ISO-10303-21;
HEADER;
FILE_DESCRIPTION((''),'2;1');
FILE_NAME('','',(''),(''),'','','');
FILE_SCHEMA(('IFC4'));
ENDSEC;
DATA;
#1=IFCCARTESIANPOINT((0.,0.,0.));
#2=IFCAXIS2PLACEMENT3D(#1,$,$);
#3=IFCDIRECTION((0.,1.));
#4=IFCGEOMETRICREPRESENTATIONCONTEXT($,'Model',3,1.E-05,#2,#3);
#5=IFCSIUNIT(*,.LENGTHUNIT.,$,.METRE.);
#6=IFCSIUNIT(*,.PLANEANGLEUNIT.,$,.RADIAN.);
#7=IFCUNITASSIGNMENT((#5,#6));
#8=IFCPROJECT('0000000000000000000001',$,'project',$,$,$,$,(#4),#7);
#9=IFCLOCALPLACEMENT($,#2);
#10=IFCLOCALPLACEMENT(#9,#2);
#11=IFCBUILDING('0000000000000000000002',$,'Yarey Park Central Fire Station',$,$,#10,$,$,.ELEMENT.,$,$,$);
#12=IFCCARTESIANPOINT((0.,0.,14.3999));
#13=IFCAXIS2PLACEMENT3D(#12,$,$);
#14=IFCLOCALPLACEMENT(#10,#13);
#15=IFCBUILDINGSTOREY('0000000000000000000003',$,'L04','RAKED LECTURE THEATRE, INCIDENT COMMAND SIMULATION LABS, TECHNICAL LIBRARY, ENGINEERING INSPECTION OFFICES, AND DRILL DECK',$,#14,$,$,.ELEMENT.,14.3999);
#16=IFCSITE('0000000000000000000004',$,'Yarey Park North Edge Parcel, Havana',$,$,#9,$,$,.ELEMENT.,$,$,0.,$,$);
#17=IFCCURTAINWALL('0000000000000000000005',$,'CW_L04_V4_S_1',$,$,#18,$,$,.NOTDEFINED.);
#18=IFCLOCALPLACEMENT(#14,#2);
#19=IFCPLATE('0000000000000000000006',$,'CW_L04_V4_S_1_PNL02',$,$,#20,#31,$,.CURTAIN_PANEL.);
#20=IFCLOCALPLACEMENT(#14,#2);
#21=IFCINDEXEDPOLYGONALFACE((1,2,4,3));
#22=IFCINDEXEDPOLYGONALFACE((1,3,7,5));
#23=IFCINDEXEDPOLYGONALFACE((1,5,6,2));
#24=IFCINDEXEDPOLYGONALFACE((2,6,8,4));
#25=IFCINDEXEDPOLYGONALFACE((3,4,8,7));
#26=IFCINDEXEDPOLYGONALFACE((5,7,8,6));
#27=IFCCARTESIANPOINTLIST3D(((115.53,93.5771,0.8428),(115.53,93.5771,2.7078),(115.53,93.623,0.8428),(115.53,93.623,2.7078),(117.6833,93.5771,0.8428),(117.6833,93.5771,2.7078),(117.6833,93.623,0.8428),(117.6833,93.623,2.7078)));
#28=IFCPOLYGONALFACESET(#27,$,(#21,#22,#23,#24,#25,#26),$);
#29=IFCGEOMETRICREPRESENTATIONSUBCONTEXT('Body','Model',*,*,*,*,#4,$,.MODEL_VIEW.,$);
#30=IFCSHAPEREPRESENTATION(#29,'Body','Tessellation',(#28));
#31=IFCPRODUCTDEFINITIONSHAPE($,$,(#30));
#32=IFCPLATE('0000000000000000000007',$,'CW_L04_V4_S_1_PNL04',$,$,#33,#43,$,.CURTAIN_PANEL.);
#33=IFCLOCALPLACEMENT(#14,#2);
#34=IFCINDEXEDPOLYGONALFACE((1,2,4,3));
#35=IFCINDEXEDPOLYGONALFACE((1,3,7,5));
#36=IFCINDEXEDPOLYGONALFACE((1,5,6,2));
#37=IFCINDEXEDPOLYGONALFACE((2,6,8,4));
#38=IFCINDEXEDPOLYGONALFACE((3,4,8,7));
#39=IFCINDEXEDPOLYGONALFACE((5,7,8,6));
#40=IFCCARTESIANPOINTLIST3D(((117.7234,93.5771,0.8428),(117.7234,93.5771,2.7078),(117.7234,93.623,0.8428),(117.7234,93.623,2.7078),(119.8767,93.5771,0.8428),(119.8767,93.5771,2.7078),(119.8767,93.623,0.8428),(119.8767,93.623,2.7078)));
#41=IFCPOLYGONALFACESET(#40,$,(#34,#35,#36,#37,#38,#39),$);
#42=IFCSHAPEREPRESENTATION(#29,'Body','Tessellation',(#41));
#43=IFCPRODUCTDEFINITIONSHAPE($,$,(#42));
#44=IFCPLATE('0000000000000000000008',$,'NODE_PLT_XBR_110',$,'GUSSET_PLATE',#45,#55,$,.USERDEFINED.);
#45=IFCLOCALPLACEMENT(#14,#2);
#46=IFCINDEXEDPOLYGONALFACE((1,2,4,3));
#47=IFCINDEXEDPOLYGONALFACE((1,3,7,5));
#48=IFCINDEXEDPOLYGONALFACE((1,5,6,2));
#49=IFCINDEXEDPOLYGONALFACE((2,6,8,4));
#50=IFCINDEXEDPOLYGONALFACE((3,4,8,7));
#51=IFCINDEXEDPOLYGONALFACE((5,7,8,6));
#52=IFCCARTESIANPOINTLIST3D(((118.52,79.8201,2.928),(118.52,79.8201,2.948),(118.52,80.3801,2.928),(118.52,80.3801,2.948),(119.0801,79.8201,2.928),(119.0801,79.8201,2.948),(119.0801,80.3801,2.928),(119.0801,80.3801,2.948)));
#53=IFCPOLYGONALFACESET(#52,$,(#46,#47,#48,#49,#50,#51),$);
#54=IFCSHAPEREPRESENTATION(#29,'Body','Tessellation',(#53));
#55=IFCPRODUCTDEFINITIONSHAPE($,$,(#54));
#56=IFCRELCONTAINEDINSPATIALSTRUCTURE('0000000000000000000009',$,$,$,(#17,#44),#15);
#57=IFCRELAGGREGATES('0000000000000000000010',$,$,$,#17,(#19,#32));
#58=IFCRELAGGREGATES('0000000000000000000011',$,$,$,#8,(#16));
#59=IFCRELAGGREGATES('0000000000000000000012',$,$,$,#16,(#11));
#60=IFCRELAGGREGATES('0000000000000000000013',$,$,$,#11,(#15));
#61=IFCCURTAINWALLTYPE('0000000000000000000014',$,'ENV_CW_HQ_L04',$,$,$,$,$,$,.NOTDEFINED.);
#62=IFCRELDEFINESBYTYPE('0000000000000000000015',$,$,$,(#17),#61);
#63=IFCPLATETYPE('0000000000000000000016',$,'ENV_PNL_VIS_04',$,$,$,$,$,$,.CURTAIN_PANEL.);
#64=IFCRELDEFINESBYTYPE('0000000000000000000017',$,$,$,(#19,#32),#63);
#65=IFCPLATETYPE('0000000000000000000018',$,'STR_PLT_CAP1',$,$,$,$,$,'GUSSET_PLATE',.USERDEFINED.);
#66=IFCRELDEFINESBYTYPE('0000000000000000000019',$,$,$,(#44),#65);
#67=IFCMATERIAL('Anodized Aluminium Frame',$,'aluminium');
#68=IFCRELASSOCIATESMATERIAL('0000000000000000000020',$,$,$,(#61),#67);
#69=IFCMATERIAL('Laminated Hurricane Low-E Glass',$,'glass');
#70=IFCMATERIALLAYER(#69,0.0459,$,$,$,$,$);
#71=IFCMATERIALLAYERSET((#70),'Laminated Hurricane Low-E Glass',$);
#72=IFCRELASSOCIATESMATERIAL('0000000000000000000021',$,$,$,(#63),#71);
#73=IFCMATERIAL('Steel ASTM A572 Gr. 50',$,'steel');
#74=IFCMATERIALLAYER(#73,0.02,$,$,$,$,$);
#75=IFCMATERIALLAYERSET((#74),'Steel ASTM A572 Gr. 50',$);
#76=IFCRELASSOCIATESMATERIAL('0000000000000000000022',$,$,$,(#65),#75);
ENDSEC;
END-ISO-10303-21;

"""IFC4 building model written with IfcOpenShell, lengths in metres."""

from ifc_helpers import new_model, si_unit, direction, frame, origin, origin_2d, place, context, subcontext, project, spatial, rectangle, extrude, material, layer, layer_set, type_object, element, aggregate, save


model = new_model("IFC4")

# Units and contexts
model_context = context("Model", 3, precision=1e-05, world=origin(), true_north=direction((0.0, 1.0)))
body_context = subcontext(model_context, "Body", "Model", "MODEL_VIEW")
ifc_project = project(units=[si_unit("LENGTHUNIT", "METRE"), si_unit("PLANEANGLEUNIT", "RADIAN")], contexts=[model_context])

# Site, building, storey
site_placement = place(None, origin())
site = spatial("IfcSite", under=ifc_project, at=site_placement, Name="Yarey Park North Edge Parcel, Havana", CompositionType="ELEMENT", RefElevation=0.0)
building_placement = place(site_placement, origin())
building = spatial("IfcBuilding", under=site, at=building_placement, Name="Yarey Park Central Fire Station", CompositionType="ELEMENT")
storey_placement = place(building_placement, frame((0.0, 0.0, 14.3999)))
storey = spatial("IfcBuildingStorey", under=building, at=storey_placement, Name="L04", Description="RAKED LECTURE THEATRE, INCIDENT COMMAND SIMULATION LABS, TECHNICAL LIBRARY, ENGINEERING INSPECTION OFFICES, AND DRILL DECK", CompositionType="ELEMENT", Elevation=14.3999)

# Curtain wall
ifc_material_1 = material(Name="Anodized Aluminium Frame", Category="aluminium")
curtain_wall_type = type_object("IfcCurtainWallType", Name="ENV_CW_HQ_L04", PredefinedType="NOTDEFINED", material=ifc_material_1)
curtain_wall_placement = place(storey_placement, origin())
curtain_wall = element("IfcCurtainWall", 1, at=curtain_wall_placement, inside=storey, type_object=curtain_wall_type, Name="CW_L04_V4_S_1", PredefinedType="NOTDEFINED")

# Plates
ifc_material_2 = material(Name="Laminated Hurricane Low-E Glass", Category="glass")
ifc_layer_1 = layer(ifc_material_2, 0.0459)
ifc_layer_set_1 = layer_set([ifc_layer_1], Name="Laminated Hurricane Low-E Glass")
plate_type_1 = type_object("IfcPlateType", Name="ENV_PNL_VIS_04", PredefinedType="CURTAIN_PANEL", material=ifc_layer_set_1)
plate_1_placement = place(storey_placement, frame((116.6067, 93.6001, 0.8428), z_axis=(0.0, 0.0, 1.0), x_axis=(1.0, 0.0, 0.0)))
plate_1 = element("IfcPlate", 2, at=plate_1_placement, type_object=plate_type_1, Name="CW_L04_V4_S_1_PNL02", PredefinedType="CURTAIN_PANEL", context=body_context, shape_type="SweptSolid", body=[
    extrude(rectangle(XDim=2.1533, YDim=0.0459, at=origin_2d()), origin(), (0.0, 0.0, 1.0), 1.865),
])
plate_2_placement = place(storey_placement, frame((118.8, 93.6001, 0.8428), z_axis=(0.0, 0.0, 1.0), x_axis=(1.0, 0.0, 0.0)))
plate_2 = element("IfcPlate", 3, at=plate_2_placement, type_object=plate_type_1, Name="CW_L04_V4_S_1_PNL04", PredefinedType="CURTAIN_PANEL", context=body_context, shape_type="SweptSolid", body=[
    extrude(rectangle(XDim=2.1533, YDim=0.0459, at=origin_2d()), origin(), (0.0, 0.0, 1.0), 1.865),
])
aggregate(curtain_wall, [plate_1, plate_2])
ifc_material_3 = material(Name="Steel ASTM A572 Gr. 50", Category="steel")
ifc_layer_2 = layer(ifc_material_3, 0.02)
ifc_layer_set_2 = layer_set([ifc_layer_2], Name="Steel ASTM A572 Gr. 50")
plate_type_2 = type_object("IfcPlateType", Name="STR_PLT_CAP1", ElementType="GUSSET_PLATE", PredefinedType="USERDEFINED", material=ifc_layer_set_2)
plate_3_placement = place(storey_placement, frame((118.8, 80.1001, 2.928), z_axis=(0.0, 0.0, 1.0), x_axis=(1.0, 0.0, 0.0)))
element("IfcPlate", 4, at=plate_3_placement, inside=storey, type_object=plate_type_2, Name="NODE_PLT_XBR_110", ObjectType="GUSSET_PLATE", PredefinedType="USERDEFINED", context=body_context, shape_type="SweptSolid", body=[
    extrude(rectangle(XDim=0.5601, YDim=0.5601, at=origin_2d()), origin(), (0.0, 0.0, 1.0), 0.02),
])

save(model, "model.ifc")
